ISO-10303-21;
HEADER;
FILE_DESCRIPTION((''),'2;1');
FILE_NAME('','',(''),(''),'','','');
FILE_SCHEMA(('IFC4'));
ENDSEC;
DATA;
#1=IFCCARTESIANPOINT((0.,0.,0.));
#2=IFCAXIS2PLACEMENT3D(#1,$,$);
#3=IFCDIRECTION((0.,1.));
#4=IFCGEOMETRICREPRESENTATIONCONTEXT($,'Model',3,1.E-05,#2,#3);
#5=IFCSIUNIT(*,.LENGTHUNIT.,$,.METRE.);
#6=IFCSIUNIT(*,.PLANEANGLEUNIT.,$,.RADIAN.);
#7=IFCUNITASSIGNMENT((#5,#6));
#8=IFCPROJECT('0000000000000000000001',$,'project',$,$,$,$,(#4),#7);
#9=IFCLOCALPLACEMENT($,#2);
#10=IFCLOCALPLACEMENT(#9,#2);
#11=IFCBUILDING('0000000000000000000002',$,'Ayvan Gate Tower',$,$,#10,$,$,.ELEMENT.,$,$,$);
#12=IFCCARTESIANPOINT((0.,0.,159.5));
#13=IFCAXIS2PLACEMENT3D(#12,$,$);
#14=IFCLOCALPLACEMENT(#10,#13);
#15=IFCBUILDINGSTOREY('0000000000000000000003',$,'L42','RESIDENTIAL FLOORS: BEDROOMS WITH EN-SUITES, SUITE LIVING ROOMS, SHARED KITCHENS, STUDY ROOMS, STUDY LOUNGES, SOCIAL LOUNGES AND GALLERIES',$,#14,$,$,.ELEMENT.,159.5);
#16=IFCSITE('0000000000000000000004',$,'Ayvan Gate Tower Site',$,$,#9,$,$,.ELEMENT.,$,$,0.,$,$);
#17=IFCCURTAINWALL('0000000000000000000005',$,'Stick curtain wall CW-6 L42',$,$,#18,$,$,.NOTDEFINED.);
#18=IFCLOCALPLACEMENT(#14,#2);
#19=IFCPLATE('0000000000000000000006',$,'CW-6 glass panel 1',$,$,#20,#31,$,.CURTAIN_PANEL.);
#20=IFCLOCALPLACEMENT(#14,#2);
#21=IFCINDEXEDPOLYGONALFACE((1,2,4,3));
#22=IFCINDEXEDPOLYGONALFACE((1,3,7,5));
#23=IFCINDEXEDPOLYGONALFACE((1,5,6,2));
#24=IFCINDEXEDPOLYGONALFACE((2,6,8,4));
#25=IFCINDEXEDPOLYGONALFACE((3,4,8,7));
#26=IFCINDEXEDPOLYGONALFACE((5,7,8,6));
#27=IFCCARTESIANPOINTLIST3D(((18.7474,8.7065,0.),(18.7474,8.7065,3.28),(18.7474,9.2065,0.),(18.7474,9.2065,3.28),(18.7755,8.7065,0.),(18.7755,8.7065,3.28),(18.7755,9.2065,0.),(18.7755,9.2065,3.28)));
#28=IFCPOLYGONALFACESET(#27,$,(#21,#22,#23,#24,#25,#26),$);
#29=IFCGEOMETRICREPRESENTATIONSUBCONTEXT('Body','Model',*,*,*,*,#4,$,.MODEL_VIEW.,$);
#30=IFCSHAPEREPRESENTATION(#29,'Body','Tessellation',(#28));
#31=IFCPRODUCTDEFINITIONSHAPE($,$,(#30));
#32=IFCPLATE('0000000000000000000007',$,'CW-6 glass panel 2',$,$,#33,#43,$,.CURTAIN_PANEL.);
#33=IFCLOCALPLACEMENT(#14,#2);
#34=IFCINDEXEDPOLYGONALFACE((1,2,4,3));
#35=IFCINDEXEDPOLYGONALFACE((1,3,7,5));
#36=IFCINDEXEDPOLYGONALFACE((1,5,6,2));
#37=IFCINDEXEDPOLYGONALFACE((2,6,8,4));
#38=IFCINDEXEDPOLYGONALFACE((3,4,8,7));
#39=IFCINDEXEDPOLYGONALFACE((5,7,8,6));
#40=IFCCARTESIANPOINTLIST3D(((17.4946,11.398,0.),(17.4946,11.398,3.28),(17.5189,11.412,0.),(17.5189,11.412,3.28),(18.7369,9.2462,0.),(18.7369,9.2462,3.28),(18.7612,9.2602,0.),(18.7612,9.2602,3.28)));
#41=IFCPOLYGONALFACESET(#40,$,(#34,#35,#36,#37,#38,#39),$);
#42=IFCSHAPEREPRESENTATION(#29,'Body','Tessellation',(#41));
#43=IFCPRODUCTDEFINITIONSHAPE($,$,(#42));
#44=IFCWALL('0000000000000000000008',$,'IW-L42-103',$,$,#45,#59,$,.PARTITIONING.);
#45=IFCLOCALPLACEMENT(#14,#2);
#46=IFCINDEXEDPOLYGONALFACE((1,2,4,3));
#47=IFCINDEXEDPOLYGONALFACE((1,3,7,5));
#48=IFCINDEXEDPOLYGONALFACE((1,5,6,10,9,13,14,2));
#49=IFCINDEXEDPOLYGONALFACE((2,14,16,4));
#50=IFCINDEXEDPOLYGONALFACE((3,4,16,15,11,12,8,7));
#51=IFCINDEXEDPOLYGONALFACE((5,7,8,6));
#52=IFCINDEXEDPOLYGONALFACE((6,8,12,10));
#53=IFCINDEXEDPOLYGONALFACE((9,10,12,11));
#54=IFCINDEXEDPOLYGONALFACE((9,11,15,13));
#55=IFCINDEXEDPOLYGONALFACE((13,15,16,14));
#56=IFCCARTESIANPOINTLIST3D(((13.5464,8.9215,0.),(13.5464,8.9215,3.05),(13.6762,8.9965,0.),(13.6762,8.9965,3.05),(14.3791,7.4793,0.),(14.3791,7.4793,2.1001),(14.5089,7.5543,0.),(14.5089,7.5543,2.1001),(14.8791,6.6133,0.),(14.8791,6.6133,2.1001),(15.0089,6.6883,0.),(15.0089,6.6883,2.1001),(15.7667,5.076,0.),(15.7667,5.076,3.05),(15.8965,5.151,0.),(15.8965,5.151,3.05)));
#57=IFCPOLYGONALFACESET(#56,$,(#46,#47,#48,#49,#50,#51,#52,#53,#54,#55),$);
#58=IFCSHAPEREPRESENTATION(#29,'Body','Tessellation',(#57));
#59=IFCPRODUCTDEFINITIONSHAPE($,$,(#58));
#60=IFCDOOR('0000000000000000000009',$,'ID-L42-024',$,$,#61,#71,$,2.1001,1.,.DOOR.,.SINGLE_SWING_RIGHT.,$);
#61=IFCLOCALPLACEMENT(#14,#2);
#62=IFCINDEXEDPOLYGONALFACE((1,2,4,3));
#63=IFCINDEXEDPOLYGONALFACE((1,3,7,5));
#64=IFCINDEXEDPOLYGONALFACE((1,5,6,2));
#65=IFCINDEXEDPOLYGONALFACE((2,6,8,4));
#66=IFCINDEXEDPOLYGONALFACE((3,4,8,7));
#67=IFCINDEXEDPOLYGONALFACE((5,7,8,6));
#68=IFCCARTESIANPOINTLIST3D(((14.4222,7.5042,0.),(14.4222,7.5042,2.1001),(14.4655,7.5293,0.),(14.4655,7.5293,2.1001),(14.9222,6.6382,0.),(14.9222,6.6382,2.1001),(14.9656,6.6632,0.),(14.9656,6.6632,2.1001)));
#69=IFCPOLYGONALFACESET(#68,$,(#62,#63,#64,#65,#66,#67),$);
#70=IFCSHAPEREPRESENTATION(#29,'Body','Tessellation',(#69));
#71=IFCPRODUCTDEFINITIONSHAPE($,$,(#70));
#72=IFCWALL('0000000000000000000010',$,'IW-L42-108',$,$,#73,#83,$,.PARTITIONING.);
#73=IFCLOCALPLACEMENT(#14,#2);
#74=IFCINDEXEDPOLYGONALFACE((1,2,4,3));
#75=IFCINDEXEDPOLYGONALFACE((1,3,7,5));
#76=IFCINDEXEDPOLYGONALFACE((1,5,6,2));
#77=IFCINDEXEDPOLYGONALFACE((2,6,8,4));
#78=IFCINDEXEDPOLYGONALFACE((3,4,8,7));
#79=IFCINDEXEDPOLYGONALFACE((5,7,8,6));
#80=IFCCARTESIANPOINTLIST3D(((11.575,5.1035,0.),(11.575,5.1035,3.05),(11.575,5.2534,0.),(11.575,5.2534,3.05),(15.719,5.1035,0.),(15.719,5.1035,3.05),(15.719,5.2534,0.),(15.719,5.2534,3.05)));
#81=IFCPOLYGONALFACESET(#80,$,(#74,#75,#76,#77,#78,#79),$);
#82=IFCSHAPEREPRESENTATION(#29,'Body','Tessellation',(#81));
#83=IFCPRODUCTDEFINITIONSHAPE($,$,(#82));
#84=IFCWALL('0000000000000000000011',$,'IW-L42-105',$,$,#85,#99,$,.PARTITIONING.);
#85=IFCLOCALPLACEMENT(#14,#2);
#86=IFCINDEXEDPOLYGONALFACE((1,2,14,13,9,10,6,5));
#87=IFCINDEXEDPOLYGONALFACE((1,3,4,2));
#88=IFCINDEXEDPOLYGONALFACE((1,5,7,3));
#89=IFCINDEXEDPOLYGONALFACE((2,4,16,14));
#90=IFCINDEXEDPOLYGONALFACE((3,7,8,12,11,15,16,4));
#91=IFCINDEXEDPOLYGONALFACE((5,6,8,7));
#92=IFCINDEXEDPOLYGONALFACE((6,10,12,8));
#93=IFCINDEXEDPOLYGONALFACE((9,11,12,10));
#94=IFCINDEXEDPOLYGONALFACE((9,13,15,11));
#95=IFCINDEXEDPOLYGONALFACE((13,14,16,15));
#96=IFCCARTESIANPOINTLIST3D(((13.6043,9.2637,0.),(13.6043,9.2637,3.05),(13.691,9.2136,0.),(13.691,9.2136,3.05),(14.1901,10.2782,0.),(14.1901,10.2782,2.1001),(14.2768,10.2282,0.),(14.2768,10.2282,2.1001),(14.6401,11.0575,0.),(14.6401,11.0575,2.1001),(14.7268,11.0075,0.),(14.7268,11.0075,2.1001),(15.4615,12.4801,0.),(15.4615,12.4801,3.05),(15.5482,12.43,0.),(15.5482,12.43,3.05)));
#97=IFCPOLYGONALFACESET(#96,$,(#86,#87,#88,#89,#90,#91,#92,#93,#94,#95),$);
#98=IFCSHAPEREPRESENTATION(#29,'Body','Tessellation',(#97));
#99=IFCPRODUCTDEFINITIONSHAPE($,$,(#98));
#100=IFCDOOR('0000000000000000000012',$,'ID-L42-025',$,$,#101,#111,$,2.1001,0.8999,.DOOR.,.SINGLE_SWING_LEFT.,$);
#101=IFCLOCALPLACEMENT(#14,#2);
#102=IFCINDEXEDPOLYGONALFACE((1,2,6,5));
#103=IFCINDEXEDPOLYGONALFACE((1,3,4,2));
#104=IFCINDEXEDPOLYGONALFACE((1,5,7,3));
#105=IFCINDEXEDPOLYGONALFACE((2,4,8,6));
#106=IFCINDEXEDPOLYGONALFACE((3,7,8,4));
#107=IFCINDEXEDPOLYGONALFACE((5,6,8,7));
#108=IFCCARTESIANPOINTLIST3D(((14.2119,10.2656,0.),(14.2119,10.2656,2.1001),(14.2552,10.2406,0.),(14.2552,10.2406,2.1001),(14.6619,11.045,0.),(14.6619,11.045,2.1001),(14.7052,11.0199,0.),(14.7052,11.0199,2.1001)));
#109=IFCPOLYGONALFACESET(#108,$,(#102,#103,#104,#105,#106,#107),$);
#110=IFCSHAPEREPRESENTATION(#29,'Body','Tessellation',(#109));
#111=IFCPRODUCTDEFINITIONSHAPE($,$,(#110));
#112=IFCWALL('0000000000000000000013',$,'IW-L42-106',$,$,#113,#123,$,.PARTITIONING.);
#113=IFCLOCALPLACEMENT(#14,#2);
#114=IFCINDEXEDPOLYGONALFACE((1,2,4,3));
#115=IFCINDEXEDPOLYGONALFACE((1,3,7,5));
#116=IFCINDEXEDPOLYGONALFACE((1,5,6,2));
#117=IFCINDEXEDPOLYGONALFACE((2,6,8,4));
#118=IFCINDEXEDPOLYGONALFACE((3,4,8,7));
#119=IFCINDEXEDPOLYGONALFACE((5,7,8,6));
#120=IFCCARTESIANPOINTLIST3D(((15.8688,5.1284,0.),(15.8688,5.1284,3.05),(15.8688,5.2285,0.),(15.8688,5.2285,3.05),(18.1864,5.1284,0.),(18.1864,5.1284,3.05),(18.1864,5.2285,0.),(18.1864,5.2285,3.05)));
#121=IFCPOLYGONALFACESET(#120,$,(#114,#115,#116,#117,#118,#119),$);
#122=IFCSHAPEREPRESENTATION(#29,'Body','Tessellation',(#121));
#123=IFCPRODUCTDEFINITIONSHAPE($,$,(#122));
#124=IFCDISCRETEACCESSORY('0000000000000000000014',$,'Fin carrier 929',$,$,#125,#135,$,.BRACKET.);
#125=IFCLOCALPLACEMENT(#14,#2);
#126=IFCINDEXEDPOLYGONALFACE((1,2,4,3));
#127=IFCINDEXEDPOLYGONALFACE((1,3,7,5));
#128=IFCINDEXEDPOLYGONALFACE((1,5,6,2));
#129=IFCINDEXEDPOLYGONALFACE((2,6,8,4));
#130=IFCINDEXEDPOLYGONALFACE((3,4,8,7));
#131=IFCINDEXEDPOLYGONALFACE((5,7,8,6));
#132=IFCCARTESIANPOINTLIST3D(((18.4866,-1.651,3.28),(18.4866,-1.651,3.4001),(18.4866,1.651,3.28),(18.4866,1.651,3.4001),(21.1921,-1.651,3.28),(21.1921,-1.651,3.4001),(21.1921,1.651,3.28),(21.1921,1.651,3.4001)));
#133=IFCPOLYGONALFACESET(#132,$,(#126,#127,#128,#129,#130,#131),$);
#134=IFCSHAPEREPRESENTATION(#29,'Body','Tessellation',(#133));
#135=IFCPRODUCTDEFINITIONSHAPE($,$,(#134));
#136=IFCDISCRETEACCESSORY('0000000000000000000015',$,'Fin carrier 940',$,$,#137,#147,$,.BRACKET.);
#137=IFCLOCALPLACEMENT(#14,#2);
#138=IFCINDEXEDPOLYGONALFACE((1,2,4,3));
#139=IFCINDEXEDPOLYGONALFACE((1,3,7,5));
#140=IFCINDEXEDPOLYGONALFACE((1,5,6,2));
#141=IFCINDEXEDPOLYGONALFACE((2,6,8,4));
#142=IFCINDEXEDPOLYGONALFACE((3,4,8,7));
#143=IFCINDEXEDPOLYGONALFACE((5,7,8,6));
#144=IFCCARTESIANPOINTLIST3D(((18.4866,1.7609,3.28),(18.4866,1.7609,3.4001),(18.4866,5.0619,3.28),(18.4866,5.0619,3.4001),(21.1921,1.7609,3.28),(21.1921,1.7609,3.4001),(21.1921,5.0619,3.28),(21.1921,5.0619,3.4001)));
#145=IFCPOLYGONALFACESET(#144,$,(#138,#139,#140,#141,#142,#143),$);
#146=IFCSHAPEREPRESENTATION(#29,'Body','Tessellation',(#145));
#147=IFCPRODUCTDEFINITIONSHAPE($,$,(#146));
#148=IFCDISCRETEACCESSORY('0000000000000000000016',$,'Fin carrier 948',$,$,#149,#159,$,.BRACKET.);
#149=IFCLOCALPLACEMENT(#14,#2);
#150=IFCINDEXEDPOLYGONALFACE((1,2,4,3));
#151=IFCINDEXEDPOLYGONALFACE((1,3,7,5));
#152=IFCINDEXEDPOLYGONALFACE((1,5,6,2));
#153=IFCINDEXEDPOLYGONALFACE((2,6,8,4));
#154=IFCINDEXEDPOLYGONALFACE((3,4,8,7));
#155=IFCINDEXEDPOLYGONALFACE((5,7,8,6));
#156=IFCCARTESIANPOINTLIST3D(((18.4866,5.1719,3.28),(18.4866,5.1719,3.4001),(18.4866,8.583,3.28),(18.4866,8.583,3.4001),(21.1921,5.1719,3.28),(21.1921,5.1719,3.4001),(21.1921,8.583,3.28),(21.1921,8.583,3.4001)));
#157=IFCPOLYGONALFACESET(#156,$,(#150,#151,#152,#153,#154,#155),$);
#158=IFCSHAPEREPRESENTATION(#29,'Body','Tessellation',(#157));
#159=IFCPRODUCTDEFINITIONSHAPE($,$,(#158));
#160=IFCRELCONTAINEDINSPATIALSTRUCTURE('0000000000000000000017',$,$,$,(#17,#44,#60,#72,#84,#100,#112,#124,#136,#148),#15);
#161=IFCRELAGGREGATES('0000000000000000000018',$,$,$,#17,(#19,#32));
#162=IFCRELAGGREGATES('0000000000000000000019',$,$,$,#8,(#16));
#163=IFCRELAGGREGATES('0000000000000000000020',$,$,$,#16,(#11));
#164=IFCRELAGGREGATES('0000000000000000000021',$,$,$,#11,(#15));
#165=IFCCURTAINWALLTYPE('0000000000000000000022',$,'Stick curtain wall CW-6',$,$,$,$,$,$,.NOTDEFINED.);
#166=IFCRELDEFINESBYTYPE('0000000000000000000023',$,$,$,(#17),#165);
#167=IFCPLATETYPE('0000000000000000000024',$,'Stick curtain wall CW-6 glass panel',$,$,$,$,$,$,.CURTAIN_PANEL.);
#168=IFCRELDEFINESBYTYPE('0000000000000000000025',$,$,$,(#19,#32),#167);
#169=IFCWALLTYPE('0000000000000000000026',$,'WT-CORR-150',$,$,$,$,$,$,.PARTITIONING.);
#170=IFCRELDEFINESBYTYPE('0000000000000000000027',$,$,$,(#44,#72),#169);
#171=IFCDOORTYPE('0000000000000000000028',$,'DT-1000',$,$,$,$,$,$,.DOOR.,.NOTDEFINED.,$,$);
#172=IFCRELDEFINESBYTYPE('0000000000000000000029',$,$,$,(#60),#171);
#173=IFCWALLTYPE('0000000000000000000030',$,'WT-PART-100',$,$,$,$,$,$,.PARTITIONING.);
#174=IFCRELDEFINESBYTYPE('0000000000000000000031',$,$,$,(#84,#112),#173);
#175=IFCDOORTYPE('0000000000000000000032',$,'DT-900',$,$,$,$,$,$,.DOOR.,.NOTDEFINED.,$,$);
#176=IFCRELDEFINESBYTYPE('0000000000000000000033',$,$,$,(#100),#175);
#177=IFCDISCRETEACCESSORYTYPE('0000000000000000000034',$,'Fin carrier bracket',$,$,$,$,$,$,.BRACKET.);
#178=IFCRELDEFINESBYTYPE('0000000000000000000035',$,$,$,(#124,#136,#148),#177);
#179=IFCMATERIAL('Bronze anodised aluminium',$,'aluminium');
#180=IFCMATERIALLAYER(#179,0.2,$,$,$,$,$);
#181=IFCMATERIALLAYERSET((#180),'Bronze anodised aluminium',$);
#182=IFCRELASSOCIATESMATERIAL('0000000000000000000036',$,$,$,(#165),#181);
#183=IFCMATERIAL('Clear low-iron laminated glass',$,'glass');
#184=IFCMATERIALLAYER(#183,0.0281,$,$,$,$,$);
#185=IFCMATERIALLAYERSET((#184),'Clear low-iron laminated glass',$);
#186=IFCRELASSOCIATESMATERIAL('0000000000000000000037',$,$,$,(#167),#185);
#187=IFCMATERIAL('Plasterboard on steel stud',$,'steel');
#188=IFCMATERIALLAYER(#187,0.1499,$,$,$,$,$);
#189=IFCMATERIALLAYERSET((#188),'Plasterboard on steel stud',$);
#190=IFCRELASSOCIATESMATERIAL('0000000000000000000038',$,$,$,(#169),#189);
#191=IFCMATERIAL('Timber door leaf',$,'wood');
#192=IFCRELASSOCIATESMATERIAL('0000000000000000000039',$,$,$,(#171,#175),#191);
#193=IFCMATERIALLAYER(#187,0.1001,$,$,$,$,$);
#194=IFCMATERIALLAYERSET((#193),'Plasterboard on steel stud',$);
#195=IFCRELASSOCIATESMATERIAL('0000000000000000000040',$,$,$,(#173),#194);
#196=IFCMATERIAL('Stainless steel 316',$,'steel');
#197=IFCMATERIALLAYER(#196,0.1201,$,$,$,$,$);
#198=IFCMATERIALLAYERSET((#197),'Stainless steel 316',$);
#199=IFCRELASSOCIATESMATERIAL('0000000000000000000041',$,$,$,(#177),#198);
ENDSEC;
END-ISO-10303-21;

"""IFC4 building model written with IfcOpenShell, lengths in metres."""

from ifc_helpers import new_model, si_unit, direction, frame, frame_2d, origin, origin_2d, place, context, subcontext, project, spatial, rectangle, extrude, material, layer, layer_set, type_object, element, fill, aggregate, save


model = new_model("IFC4")

# Units and contexts
model_context = context("Model", 3, precision=1e-05, world=origin(), true_north=direction((0.0, 1.0)))
body_context = subcontext(model_context, "Body", "Model", "MODEL_VIEW")
ifc_project = project(units=[si_unit("LENGTHUNIT", "METRE"), si_unit("PLANEANGLEUNIT", "RADIAN")], contexts=[model_context])

# Site, building, storey
site_placement = place(None, origin())
site = spatial("IfcSite", under=ifc_project, at=site_placement, Name="Ayvan Gate Tower Site", CompositionType="ELEMENT", RefElevation=0.0)
building_placement = place(site_placement, origin())
building = spatial("IfcBuilding", under=site, at=building_placement, Name="Ayvan Gate Tower", CompositionType="ELEMENT")
storey_placement = place(building_placement, frame((0.0, 0.0, 159.5)))
storey = spatial("IfcBuildingStorey", under=building, at=storey_placement, Name="L42", Description="RESIDENTIAL FLOORS: BEDROOMS WITH EN-SUITES, SUITE LIVING ROOMS, SHARED KITCHENS, STUDY ROOMS, STUDY LOUNGES, SOCIAL LOUNGES AND GALLERIES", CompositionType="ELEMENT", Elevation=159.5)

# Curtain wall
ifc_material_1 = material(Name="Bronze anodised aluminium", Category="aluminium")
ifc_layer_1 = layer(ifc_material_1, 0.2)
ifc_layer_set_1 = layer_set([ifc_layer_1], Name="Bronze anodised aluminium")
curtain_wall_type_1 = type_object("IfcCurtainWallType", Name="Stick curtain wall CW-6", PredefinedType="NOTDEFINED", material=ifc_layer_set_1)
curtain_wall_1_placement = place(storey_placement, origin())
curtain_wall_1 = element("IfcCurtainWall", 1, at=curtain_wall_1_placement, inside=storey, type_object=curtain_wall_type_1, Name="Stick curtain wall CW-6 L42", PredefinedType="NOTDEFINED")

# Plates
ifc_material_2 = material(Name="Clear low-iron laminated glass", Category="glass")
ifc_layer_2 = layer(ifc_material_2, 0.0281)
ifc_layer_set_2 = layer_set([ifc_layer_2], Name="Clear low-iron laminated glass")
plate_type_1 = type_object("IfcPlateType", Name="Stick curtain wall CW-6 glass panel", PredefinedType="CURTAIN_PANEL", material=ifc_layer_set_2)
plate_1_placement = place(storey_placement, frame((18.7615, 8.9565, 0.0), z_axis=(0.0, 0.0, 1.0), x_axis=(0.0, 1.0, 0.0)))
plate_1 = element("IfcPlate", 2, at=plate_1_placement, type_object=plate_type_1, Name="CW-6 glass panel 1", PredefinedType="CURTAIN_PANEL", context=body_context, shape_type="SweptSolid", body=[
    extrude(rectangle(XDim=0.5, YDim=0.0281, at=origin_2d()), origin(), (0.0, 0.0, 1.0), 3.28),
])
plate_2_placement = place(storey_placement, frame((18.1279, 10.3291, 0.0), z_axis=(0.0, 0.0, 1.0), x_axis=(-0.5, 0.866025, 0.0)))
plate_2 = element("IfcPlate", 3, at=plate_2_placement, type_object=plate_type_1, Name="CW-6 glass panel 2", PredefinedType="CURTAIN_PANEL", context=body_context, shape_type="SweptSolid", body=[
    extrude(rectangle(XDim=2.4846, YDim=0.0281, at=origin_2d()), origin(), (0.0, 0.0, 1.0), 3.28),
])
aggregate(curtain_wall_1, [plate_1, plate_2])

# Wall, opening, door
ifc_material_3 = material(Name="Plasterboard on steel stud", Category="steel")
ifc_layer_3 = layer(ifc_material_3, 0.1499)
ifc_layer_set_3 = layer_set([ifc_layer_3], Name="Plasterboard on steel stud")
wall_type_1 = type_object("IfcWallType", Name="WT-CORR-150", PredefinedType="PARTITIONING", material=ifc_layer_set_3)
wall_1_placement = place(storey_placement, frame((13.6113, 8.959, 0.0), z_axis=(0.0, 0.0, 1.0), x_axis=(0.500006, -0.866022, 0.0)))
wall_1 = element("IfcWall", 4, at=wall_1_placement, inside=storey, type_object=wall_type_1, Name="IW-L42-103", PredefinedType="PARTITIONING", context=body_context, shape_type="SweptSolid", body=[
    extrude(rectangle(XDim=4.4404, YDim=0.1499, at=frame_2d((2.2202, 0.0))), origin(), (0.0, 0.0, 1.0), 3.05),
])
opening_1_placement = place(wall_1_placement, frame((1.6653, 0.0, 0.0)))
opening_1 = element("IfcOpeningElement", 5, at=opening_1_placement, cuts=wall_1, PredefinedType="OPENING", context=body_context, shape_type="SweptSolid", body=[
    extrude(rectangle(XDim=1.0, YDim=2.1001, at=frame_2d((0.5, 1.05))), frame((0.0, 0.085, 0.0), z_axis=(0.0, -1.0, 0.0), x_axis=(1.0, 0.0, 0.0)), (0.0, 0.0, 1.0), 0.1699),
])
ifc_material_4 = material(Name="Timber door leaf", Category="wood")
door_type_1 = type_object("IfcDoorType", Name="DT-1000", OperationType="NOTDEFINED", PredefinedType="DOOR", material=ifc_material_4)
door_1_placement = place(opening_1_placement, origin())
door_1 = element("IfcDoor", 6, at=door_1_placement, inside=storey, type_object=door_type_1, Name="ID-L42-024", OperationType="SINGLE_SWING_RIGHT", OverallHeight=2.1001, OverallWidth=1.0, PredefinedType="DOOR", context=body_context, shape_type="SweptSolid", body=[
    extrude(rectangle(XDim=1.0, YDim=2.1001, at=frame_2d((0.5, 1.05))), frame((0.0, 0.0249, 0.0), z_axis=(0.0, -1.0, 0.0), x_axis=(1.0, 0.0, 0.0)), (0.0, 0.0, 1.0), 0.05),
])
fill(opening_1, door_1)

# Wall
wall_2_placement = place(storey_placement, frame((15.719, 5.1785, 0.0), z_axis=(0.0, 0.0, 1.0), x_axis=(-1.0, 0.0, 0.0)))
element("IfcWall", 7, at=wall_2_placement, inside=storey, type_object=wall_type_1, Name="IW-L42-108", PredefinedType="PARTITIONING", context=body_context, shape_type="SweptSolid", body=[
    extrude(rectangle(XDim=4.144, YDim=0.1499, at=frame_2d((2.072, 0.0))), origin(), (0.0, 0.0, 1.0), 3.05),
])

# Wall, opening, door
ifc_layer_4 = layer(ifc_material_3, 0.1001)
ifc_layer_set_4 = layer_set([ifc_layer_4], Name="Plasterboard on steel stud")
wall_type_2 = type_object("IfcWallType", Name="WT-PART-100", PredefinedType="PARTITIONING", material=ifc_layer_set_4)
wall_3_placement = place(storey_placement, frame((13.6477, 9.2388, 0.0), z_axis=(0.0, 0.0, 1.0), x_axis=(0.500049, 0.865997, 0.0)))
wall_3 = element("IfcWall", 8, at=wall_3_placement, inside=storey, type_object=wall_type_2, Name="IW-L42-105", PredefinedType="PARTITIONING", context=body_context, shape_type="SweptSolid", body=[
    extrude(rectangle(XDim=3.7141, YDim=0.1001, at=frame_2d((1.8569, 0.0))), origin(), (0.0, 0.0, 1.0), 3.05),
])
opening_2_placement = place(wall_3_placement, frame((1.1714, 0.0, 0.0)))
opening_2 = element("IfcOpeningElement", 9, at=opening_2_placement, cuts=wall_3, PredefinedType="OPENING", context=body_context, shape_type="SweptSolid", body=[
    extrude(rectangle(XDim=0.8999, YDim=2.1001, at=frame_2d((0.45, 1.05))), frame((0.0, 0.0601, 0.0), z_axis=(0.0, -1.0, 0.0), x_axis=(1.0, 0.0, 0.0)), (0.0, 0.0, 1.0), 0.1201),
])
door_type_2 = type_object("IfcDoorType", Name="DT-900", OperationType="NOTDEFINED", PredefinedType="DOOR", material=ifc_material_4)
door_2_placement = place(opening_2_placement, origin())
door_2 = element("IfcDoor", 10, at=door_2_placement, inside=storey, type_object=door_type_2, Name="ID-L42-025", OperationType="SINGLE_SWING_LEFT", OverallHeight=2.1001, OverallWidth=0.8999, PredefinedType="DOOR", context=body_context, shape_type="SweptSolid", body=[
    extrude(rectangle(XDim=0.8999, YDim=2.1001, at=frame_2d((0.45, 1.05))), frame((0.0, 0.0249, 0.0), z_axis=(0.0, -1.0, 0.0), x_axis=(1.0, 0.0, 0.0)), (0.0, 0.0, 1.0), 0.05),
])
fill(opening_2, door_2)

# Wall
wall_4_placement = place(storey_placement, frame((15.8689, 5.1785, 0.0), z_axis=(0.0, 0.0, 1.0), x_axis=(1.0, 0.0, 0.0)))
element("IfcWall", 11, at=wall_4_placement, inside=storey, type_object=wall_type_2, Name="IW-L42-106", PredefinedType="PARTITIONING", context=body_context, shape_type="SweptSolid", body=[
    extrude(rectangle(XDim=2.3176, YDim=0.1001, at=frame_2d((1.1587, 0.0))), origin(), (0.0, 0.0, 1.0), 3.05),
])

# Discrete accessories
ifc_material_5 = material(Name="Stainless steel 316", Category="steel")
ifc_layer_5 = layer(ifc_material_5, 0.1201)
ifc_layer_set_5 = layer_set([ifc_layer_5], Name="Stainless steel 316")
discrete_accessory_type = type_object("IfcDiscreteAccessoryType", Name="Fin carrier bracket", PredefinedType="BRACKET", material=ifc_layer_set_5)
discrete_accessory_1_placement = place(storey_placement, frame((19.8394, 0.0, 3.28), z_axis=(0.0, 0.0, 1.0), x_axis=(0.0, 1.0, 0.0)))
element("IfcDiscreteAccessory", 12, at=discrete_accessory_1_placement, inside=storey, type_object=discrete_accessory_type, Name="Fin carrier 929", PredefinedType="BRACKET", context=body_context, shape_type="SweptSolid", body=[
    extrude(rectangle(XDim=3.302, YDim=2.7056, at=origin_2d()), origin(), (0.0, 0.0, 1.0), 0.1201),
])
discrete_accessory_2_placement = place(storey_placement, frame((19.8394, 3.4114, 3.28), z_axis=(0.0, 0.0, 1.0), x_axis=(0.0, 1.0, 0.0)))
element("IfcDiscreteAccessory", 13, at=discrete_accessory_2_placement, inside=storey, type_object=discrete_accessory_type, Name="Fin carrier 940", PredefinedType="BRACKET", context=body_context, shape_type="SweptSolid", body=[
    extrude(rectangle(XDim=3.301, YDim=2.7056, at=origin_2d()), origin(), (0.0, 0.0, 1.0), 0.1201),
])
discrete_accessory_3_placement = place(storey_placement, frame((19.8394, 6.8774, 3.28), z_axis=(0.0, 0.0, 1.0), x_axis=(0.0, 1.0, 0.0)))
element("IfcDiscreteAccessory", 14, at=discrete_accessory_3_placement, inside=storey, type_object=discrete_accessory_type, Name="Fin carrier 948", PredefinedType="BRACKET", context=body_context, shape_type="SweptSolid", body=[
    extrude(rectangle(XDim=3.4111, YDim=2.7056, at=origin_2d()), origin(), (0.0, 0.0, 1.0), 0.1201),
])

save(model, "model.ifc")
